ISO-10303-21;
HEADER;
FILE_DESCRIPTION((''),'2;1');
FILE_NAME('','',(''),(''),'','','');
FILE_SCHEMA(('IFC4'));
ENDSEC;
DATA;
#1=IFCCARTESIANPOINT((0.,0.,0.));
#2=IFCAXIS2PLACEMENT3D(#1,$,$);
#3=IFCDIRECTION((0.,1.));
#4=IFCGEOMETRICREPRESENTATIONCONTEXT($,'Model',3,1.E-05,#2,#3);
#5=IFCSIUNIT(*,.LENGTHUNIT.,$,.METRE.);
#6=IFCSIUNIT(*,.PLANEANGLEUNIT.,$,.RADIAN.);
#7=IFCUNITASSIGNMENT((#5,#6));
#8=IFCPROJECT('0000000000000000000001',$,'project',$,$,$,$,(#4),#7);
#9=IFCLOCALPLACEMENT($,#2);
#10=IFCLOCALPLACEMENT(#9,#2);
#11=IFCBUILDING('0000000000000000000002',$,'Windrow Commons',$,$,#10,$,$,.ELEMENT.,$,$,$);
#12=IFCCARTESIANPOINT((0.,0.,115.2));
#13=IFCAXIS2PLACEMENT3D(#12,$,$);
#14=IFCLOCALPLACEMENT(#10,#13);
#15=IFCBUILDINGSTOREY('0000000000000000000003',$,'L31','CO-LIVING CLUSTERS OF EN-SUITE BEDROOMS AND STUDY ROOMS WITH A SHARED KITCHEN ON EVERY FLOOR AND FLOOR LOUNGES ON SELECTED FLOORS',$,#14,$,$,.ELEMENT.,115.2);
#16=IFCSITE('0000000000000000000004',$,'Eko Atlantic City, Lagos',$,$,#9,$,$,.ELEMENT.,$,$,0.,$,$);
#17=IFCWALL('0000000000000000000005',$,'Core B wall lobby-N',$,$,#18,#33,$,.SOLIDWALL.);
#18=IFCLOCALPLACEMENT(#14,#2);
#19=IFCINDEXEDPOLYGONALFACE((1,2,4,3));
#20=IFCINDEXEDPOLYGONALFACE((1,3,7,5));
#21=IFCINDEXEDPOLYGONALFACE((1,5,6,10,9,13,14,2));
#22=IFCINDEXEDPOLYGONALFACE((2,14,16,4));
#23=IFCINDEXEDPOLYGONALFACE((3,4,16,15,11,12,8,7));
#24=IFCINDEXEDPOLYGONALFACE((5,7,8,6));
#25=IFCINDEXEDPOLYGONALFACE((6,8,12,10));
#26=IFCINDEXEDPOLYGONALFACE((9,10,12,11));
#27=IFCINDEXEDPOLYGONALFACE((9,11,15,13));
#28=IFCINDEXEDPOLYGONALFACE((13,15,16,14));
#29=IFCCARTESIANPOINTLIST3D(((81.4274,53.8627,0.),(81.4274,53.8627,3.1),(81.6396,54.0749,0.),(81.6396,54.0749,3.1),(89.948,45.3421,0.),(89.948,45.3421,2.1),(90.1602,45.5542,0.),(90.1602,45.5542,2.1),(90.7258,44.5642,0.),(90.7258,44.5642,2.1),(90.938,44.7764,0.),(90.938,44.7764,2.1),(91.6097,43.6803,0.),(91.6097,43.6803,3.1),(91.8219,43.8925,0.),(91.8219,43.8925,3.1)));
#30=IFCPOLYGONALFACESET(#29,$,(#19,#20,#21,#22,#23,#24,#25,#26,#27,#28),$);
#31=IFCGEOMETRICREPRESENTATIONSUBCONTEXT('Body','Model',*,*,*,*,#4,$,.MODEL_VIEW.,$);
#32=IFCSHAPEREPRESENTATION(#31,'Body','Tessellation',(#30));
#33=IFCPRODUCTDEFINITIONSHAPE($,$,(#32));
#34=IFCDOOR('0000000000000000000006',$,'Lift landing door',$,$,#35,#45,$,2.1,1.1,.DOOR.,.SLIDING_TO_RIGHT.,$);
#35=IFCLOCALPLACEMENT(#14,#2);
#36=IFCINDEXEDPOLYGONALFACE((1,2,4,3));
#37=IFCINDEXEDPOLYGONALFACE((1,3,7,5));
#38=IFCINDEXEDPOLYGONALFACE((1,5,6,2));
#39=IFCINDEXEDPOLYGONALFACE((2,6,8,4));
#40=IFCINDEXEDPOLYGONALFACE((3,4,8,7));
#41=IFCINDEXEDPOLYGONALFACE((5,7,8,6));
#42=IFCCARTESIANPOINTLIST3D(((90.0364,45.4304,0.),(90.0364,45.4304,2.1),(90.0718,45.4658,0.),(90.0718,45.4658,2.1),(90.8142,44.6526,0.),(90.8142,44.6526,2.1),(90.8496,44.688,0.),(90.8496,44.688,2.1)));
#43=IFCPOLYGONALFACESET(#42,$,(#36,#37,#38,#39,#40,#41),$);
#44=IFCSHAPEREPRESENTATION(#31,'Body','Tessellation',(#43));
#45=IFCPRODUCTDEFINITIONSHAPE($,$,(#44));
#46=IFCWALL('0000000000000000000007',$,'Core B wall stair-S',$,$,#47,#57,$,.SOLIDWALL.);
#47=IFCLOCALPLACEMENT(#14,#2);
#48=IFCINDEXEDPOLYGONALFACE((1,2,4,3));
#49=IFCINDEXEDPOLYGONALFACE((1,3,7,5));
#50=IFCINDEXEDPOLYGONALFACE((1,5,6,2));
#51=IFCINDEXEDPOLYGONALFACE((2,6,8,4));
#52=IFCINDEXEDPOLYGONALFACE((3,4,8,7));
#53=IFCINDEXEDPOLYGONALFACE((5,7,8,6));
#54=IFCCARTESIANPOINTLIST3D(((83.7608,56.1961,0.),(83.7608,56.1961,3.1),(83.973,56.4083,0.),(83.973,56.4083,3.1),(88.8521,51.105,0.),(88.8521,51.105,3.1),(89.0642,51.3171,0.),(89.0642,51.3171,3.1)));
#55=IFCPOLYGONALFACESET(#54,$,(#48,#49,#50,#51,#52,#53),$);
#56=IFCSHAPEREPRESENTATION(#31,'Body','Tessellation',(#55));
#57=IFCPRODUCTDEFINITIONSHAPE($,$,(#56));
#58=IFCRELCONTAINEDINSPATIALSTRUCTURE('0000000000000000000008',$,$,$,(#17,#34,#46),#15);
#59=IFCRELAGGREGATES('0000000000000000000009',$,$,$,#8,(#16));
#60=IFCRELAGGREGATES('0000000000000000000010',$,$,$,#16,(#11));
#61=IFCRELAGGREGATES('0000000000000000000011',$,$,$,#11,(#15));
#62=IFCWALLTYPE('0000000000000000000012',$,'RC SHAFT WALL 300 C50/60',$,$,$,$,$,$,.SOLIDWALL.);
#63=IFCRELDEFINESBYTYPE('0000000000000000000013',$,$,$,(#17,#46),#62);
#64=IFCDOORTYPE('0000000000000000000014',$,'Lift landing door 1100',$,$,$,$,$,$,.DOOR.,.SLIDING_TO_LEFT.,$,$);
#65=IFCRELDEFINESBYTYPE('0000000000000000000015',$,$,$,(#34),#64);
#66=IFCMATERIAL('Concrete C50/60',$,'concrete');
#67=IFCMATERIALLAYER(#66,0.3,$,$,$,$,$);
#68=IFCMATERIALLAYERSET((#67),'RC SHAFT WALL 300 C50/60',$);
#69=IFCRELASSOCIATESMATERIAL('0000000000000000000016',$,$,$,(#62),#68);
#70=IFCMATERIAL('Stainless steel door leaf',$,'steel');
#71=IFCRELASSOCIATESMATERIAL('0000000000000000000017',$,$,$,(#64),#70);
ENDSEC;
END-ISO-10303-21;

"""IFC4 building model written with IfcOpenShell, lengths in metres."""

from ifc_helpers import new_model, si_unit, direction, frame, frame_2d, origin, place, context, subcontext, project, spatial, rectangle, extrude, material, layer, layer_set, type_object, element, fill, save


model = new_model("IFC4")

# Units and contexts
model_context = context("Model", 3, precision=1e-05, world=origin(), true_north=direction((0.0, 1.0)))
body_context = subcontext(model_context, "Body", "Model", "MODEL_VIEW")
ifc_project = project(units=[si_unit("LENGTHUNIT", "METRE"), si_unit("PLANEANGLEUNIT", "RADIAN")], contexts=[model_context])

# Site, building, storey
site_placement = place(None, origin())
site = spatial("IfcSite", under=ifc_project, at=site_placement, Name="Eko Atlantic City, Lagos", CompositionType="ELEMENT", RefElevation=0.0)
building_placement = place(site_placement, origin())
building = spatial("IfcBuilding", under=site, at=building_placement, Name="Windrow Commons", CompositionType="ELEMENT")
storey_placement = place(building_placement, frame((0.0, 0.0, 115.2)))
storey = spatial("IfcBuildingStorey", under=building, at=storey_placement, Name="L31", Description="CO-LIVING CLUSTERS OF EN-SUITE BEDROOMS AND STUDY ROOMS WITH A SHARED KITCHEN ON EVERY FLOOR AND FLOOR LOUNGES ON SELECTED FLOORS", CompositionType="ELEMENT", Elevation=115.2)

# Wall, opening, door
ifc_material_1 = material(Name="Concrete C50/60", Category="concrete")
ifc_layer_1 = layer(ifc_material_1, 0.3)
ifc_layer_set_1 = layer_set([ifc_layer_1], Name="RC SHAFT WALL 300 C50/60")
wall_type_1 = type_object("IfcWallType", Name="RC SHAFT WALL 300 C50/60", PredefinedType="SOLIDWALL", material=ifc_layer_set_1)
wall_1_placement = place(storey_placement, frame((81.5335, 53.9688, 0.0), z_axis=(0.0, 0.0, 1.0), x_axis=(0.707103, -0.70711, 0.0)))
wall_1 = element("IfcWall", 1, at=wall_1_placement, inside=storey, type_object=wall_type_1, Name="Core B wall lobby-N", PredefinedType="SOLIDWALL", context=body_context, shape_type="SweptSolid", body=[
    extrude(rectangle(XDim=14.4, YDim=0.3, at=frame_2d((7.2, 0.0))), origin(), (0.0, 0.0, 1.0), 3.1),
])
opening_placement = place(wall_1_placement, frame((12.05, 0.0, 0.0)))
opening = element("IfcOpeningElement", 2, at=opening_placement, cuts=wall_1, PredefinedType="OPENING", context=body_context, shape_type="SweptSolid", body=[
    extrude(rectangle(XDim=1.1, YDim=2.1, at=frame_2d((0.55, 1.05))), frame((0.0, 0.16, 0.0), z_axis=(0.0, -1.0, 0.0), x_axis=(1.0, 0.0, 0.0)), (0.0, 0.0, 1.0), 0.32),
])
ifc_material_2 = material(Name="Stainless steel door leaf", Category="steel")
door_type = type_object("IfcDoorType", Name="Lift landing door 1100", OperationType="SLIDING_TO_LEFT", PredefinedType="DOOR", material=ifc_material_2)
door_placement = place(opening_placement, origin())
door = element("IfcDoor", 3, at=door_placement, inside=storey, type_object=door_type, Name="Lift landing door", OperationType="SLIDING_TO_RIGHT", OverallHeight=2.1, OverallWidth=1.1, PredefinedType="DOOR", context=body_context, shape_type="SweptSolid", body=[
    extrude(rectangle(XDim=1.1, YDim=2.1, at=frame_2d((0.55, 1.05))), frame((0.0, 0.025, 0.0), z_axis=(0.0, -1.0, 0.0), x_axis=(1.0, 0.0, 0.0)), (0.0, 0.0, 1.0), 0.05),
])
fill(opening, door)

# Wall
wall_2_placement = place(storey_placement, frame((83.8669, 56.3022, 0.0), z_axis=(0.0, 0.0, 1.0), x_axis=(0.707114, -0.7071, 0.0)))
element("IfcWall", 4, at=wall_2_placement, inside=storey, type_object=wall_type_1, Name="Core B wall stair-S", PredefinedType="SOLIDWALL", context=body_context, shape_type="SweptSolid", body=[
    extrude(rectangle(XDim=7.2, YDim=0.3, at=frame_2d((3.6, 0.0))), origin(), (0.0, 0.0, 1.0), 3.1),
])

save(model, "model.ifc")
